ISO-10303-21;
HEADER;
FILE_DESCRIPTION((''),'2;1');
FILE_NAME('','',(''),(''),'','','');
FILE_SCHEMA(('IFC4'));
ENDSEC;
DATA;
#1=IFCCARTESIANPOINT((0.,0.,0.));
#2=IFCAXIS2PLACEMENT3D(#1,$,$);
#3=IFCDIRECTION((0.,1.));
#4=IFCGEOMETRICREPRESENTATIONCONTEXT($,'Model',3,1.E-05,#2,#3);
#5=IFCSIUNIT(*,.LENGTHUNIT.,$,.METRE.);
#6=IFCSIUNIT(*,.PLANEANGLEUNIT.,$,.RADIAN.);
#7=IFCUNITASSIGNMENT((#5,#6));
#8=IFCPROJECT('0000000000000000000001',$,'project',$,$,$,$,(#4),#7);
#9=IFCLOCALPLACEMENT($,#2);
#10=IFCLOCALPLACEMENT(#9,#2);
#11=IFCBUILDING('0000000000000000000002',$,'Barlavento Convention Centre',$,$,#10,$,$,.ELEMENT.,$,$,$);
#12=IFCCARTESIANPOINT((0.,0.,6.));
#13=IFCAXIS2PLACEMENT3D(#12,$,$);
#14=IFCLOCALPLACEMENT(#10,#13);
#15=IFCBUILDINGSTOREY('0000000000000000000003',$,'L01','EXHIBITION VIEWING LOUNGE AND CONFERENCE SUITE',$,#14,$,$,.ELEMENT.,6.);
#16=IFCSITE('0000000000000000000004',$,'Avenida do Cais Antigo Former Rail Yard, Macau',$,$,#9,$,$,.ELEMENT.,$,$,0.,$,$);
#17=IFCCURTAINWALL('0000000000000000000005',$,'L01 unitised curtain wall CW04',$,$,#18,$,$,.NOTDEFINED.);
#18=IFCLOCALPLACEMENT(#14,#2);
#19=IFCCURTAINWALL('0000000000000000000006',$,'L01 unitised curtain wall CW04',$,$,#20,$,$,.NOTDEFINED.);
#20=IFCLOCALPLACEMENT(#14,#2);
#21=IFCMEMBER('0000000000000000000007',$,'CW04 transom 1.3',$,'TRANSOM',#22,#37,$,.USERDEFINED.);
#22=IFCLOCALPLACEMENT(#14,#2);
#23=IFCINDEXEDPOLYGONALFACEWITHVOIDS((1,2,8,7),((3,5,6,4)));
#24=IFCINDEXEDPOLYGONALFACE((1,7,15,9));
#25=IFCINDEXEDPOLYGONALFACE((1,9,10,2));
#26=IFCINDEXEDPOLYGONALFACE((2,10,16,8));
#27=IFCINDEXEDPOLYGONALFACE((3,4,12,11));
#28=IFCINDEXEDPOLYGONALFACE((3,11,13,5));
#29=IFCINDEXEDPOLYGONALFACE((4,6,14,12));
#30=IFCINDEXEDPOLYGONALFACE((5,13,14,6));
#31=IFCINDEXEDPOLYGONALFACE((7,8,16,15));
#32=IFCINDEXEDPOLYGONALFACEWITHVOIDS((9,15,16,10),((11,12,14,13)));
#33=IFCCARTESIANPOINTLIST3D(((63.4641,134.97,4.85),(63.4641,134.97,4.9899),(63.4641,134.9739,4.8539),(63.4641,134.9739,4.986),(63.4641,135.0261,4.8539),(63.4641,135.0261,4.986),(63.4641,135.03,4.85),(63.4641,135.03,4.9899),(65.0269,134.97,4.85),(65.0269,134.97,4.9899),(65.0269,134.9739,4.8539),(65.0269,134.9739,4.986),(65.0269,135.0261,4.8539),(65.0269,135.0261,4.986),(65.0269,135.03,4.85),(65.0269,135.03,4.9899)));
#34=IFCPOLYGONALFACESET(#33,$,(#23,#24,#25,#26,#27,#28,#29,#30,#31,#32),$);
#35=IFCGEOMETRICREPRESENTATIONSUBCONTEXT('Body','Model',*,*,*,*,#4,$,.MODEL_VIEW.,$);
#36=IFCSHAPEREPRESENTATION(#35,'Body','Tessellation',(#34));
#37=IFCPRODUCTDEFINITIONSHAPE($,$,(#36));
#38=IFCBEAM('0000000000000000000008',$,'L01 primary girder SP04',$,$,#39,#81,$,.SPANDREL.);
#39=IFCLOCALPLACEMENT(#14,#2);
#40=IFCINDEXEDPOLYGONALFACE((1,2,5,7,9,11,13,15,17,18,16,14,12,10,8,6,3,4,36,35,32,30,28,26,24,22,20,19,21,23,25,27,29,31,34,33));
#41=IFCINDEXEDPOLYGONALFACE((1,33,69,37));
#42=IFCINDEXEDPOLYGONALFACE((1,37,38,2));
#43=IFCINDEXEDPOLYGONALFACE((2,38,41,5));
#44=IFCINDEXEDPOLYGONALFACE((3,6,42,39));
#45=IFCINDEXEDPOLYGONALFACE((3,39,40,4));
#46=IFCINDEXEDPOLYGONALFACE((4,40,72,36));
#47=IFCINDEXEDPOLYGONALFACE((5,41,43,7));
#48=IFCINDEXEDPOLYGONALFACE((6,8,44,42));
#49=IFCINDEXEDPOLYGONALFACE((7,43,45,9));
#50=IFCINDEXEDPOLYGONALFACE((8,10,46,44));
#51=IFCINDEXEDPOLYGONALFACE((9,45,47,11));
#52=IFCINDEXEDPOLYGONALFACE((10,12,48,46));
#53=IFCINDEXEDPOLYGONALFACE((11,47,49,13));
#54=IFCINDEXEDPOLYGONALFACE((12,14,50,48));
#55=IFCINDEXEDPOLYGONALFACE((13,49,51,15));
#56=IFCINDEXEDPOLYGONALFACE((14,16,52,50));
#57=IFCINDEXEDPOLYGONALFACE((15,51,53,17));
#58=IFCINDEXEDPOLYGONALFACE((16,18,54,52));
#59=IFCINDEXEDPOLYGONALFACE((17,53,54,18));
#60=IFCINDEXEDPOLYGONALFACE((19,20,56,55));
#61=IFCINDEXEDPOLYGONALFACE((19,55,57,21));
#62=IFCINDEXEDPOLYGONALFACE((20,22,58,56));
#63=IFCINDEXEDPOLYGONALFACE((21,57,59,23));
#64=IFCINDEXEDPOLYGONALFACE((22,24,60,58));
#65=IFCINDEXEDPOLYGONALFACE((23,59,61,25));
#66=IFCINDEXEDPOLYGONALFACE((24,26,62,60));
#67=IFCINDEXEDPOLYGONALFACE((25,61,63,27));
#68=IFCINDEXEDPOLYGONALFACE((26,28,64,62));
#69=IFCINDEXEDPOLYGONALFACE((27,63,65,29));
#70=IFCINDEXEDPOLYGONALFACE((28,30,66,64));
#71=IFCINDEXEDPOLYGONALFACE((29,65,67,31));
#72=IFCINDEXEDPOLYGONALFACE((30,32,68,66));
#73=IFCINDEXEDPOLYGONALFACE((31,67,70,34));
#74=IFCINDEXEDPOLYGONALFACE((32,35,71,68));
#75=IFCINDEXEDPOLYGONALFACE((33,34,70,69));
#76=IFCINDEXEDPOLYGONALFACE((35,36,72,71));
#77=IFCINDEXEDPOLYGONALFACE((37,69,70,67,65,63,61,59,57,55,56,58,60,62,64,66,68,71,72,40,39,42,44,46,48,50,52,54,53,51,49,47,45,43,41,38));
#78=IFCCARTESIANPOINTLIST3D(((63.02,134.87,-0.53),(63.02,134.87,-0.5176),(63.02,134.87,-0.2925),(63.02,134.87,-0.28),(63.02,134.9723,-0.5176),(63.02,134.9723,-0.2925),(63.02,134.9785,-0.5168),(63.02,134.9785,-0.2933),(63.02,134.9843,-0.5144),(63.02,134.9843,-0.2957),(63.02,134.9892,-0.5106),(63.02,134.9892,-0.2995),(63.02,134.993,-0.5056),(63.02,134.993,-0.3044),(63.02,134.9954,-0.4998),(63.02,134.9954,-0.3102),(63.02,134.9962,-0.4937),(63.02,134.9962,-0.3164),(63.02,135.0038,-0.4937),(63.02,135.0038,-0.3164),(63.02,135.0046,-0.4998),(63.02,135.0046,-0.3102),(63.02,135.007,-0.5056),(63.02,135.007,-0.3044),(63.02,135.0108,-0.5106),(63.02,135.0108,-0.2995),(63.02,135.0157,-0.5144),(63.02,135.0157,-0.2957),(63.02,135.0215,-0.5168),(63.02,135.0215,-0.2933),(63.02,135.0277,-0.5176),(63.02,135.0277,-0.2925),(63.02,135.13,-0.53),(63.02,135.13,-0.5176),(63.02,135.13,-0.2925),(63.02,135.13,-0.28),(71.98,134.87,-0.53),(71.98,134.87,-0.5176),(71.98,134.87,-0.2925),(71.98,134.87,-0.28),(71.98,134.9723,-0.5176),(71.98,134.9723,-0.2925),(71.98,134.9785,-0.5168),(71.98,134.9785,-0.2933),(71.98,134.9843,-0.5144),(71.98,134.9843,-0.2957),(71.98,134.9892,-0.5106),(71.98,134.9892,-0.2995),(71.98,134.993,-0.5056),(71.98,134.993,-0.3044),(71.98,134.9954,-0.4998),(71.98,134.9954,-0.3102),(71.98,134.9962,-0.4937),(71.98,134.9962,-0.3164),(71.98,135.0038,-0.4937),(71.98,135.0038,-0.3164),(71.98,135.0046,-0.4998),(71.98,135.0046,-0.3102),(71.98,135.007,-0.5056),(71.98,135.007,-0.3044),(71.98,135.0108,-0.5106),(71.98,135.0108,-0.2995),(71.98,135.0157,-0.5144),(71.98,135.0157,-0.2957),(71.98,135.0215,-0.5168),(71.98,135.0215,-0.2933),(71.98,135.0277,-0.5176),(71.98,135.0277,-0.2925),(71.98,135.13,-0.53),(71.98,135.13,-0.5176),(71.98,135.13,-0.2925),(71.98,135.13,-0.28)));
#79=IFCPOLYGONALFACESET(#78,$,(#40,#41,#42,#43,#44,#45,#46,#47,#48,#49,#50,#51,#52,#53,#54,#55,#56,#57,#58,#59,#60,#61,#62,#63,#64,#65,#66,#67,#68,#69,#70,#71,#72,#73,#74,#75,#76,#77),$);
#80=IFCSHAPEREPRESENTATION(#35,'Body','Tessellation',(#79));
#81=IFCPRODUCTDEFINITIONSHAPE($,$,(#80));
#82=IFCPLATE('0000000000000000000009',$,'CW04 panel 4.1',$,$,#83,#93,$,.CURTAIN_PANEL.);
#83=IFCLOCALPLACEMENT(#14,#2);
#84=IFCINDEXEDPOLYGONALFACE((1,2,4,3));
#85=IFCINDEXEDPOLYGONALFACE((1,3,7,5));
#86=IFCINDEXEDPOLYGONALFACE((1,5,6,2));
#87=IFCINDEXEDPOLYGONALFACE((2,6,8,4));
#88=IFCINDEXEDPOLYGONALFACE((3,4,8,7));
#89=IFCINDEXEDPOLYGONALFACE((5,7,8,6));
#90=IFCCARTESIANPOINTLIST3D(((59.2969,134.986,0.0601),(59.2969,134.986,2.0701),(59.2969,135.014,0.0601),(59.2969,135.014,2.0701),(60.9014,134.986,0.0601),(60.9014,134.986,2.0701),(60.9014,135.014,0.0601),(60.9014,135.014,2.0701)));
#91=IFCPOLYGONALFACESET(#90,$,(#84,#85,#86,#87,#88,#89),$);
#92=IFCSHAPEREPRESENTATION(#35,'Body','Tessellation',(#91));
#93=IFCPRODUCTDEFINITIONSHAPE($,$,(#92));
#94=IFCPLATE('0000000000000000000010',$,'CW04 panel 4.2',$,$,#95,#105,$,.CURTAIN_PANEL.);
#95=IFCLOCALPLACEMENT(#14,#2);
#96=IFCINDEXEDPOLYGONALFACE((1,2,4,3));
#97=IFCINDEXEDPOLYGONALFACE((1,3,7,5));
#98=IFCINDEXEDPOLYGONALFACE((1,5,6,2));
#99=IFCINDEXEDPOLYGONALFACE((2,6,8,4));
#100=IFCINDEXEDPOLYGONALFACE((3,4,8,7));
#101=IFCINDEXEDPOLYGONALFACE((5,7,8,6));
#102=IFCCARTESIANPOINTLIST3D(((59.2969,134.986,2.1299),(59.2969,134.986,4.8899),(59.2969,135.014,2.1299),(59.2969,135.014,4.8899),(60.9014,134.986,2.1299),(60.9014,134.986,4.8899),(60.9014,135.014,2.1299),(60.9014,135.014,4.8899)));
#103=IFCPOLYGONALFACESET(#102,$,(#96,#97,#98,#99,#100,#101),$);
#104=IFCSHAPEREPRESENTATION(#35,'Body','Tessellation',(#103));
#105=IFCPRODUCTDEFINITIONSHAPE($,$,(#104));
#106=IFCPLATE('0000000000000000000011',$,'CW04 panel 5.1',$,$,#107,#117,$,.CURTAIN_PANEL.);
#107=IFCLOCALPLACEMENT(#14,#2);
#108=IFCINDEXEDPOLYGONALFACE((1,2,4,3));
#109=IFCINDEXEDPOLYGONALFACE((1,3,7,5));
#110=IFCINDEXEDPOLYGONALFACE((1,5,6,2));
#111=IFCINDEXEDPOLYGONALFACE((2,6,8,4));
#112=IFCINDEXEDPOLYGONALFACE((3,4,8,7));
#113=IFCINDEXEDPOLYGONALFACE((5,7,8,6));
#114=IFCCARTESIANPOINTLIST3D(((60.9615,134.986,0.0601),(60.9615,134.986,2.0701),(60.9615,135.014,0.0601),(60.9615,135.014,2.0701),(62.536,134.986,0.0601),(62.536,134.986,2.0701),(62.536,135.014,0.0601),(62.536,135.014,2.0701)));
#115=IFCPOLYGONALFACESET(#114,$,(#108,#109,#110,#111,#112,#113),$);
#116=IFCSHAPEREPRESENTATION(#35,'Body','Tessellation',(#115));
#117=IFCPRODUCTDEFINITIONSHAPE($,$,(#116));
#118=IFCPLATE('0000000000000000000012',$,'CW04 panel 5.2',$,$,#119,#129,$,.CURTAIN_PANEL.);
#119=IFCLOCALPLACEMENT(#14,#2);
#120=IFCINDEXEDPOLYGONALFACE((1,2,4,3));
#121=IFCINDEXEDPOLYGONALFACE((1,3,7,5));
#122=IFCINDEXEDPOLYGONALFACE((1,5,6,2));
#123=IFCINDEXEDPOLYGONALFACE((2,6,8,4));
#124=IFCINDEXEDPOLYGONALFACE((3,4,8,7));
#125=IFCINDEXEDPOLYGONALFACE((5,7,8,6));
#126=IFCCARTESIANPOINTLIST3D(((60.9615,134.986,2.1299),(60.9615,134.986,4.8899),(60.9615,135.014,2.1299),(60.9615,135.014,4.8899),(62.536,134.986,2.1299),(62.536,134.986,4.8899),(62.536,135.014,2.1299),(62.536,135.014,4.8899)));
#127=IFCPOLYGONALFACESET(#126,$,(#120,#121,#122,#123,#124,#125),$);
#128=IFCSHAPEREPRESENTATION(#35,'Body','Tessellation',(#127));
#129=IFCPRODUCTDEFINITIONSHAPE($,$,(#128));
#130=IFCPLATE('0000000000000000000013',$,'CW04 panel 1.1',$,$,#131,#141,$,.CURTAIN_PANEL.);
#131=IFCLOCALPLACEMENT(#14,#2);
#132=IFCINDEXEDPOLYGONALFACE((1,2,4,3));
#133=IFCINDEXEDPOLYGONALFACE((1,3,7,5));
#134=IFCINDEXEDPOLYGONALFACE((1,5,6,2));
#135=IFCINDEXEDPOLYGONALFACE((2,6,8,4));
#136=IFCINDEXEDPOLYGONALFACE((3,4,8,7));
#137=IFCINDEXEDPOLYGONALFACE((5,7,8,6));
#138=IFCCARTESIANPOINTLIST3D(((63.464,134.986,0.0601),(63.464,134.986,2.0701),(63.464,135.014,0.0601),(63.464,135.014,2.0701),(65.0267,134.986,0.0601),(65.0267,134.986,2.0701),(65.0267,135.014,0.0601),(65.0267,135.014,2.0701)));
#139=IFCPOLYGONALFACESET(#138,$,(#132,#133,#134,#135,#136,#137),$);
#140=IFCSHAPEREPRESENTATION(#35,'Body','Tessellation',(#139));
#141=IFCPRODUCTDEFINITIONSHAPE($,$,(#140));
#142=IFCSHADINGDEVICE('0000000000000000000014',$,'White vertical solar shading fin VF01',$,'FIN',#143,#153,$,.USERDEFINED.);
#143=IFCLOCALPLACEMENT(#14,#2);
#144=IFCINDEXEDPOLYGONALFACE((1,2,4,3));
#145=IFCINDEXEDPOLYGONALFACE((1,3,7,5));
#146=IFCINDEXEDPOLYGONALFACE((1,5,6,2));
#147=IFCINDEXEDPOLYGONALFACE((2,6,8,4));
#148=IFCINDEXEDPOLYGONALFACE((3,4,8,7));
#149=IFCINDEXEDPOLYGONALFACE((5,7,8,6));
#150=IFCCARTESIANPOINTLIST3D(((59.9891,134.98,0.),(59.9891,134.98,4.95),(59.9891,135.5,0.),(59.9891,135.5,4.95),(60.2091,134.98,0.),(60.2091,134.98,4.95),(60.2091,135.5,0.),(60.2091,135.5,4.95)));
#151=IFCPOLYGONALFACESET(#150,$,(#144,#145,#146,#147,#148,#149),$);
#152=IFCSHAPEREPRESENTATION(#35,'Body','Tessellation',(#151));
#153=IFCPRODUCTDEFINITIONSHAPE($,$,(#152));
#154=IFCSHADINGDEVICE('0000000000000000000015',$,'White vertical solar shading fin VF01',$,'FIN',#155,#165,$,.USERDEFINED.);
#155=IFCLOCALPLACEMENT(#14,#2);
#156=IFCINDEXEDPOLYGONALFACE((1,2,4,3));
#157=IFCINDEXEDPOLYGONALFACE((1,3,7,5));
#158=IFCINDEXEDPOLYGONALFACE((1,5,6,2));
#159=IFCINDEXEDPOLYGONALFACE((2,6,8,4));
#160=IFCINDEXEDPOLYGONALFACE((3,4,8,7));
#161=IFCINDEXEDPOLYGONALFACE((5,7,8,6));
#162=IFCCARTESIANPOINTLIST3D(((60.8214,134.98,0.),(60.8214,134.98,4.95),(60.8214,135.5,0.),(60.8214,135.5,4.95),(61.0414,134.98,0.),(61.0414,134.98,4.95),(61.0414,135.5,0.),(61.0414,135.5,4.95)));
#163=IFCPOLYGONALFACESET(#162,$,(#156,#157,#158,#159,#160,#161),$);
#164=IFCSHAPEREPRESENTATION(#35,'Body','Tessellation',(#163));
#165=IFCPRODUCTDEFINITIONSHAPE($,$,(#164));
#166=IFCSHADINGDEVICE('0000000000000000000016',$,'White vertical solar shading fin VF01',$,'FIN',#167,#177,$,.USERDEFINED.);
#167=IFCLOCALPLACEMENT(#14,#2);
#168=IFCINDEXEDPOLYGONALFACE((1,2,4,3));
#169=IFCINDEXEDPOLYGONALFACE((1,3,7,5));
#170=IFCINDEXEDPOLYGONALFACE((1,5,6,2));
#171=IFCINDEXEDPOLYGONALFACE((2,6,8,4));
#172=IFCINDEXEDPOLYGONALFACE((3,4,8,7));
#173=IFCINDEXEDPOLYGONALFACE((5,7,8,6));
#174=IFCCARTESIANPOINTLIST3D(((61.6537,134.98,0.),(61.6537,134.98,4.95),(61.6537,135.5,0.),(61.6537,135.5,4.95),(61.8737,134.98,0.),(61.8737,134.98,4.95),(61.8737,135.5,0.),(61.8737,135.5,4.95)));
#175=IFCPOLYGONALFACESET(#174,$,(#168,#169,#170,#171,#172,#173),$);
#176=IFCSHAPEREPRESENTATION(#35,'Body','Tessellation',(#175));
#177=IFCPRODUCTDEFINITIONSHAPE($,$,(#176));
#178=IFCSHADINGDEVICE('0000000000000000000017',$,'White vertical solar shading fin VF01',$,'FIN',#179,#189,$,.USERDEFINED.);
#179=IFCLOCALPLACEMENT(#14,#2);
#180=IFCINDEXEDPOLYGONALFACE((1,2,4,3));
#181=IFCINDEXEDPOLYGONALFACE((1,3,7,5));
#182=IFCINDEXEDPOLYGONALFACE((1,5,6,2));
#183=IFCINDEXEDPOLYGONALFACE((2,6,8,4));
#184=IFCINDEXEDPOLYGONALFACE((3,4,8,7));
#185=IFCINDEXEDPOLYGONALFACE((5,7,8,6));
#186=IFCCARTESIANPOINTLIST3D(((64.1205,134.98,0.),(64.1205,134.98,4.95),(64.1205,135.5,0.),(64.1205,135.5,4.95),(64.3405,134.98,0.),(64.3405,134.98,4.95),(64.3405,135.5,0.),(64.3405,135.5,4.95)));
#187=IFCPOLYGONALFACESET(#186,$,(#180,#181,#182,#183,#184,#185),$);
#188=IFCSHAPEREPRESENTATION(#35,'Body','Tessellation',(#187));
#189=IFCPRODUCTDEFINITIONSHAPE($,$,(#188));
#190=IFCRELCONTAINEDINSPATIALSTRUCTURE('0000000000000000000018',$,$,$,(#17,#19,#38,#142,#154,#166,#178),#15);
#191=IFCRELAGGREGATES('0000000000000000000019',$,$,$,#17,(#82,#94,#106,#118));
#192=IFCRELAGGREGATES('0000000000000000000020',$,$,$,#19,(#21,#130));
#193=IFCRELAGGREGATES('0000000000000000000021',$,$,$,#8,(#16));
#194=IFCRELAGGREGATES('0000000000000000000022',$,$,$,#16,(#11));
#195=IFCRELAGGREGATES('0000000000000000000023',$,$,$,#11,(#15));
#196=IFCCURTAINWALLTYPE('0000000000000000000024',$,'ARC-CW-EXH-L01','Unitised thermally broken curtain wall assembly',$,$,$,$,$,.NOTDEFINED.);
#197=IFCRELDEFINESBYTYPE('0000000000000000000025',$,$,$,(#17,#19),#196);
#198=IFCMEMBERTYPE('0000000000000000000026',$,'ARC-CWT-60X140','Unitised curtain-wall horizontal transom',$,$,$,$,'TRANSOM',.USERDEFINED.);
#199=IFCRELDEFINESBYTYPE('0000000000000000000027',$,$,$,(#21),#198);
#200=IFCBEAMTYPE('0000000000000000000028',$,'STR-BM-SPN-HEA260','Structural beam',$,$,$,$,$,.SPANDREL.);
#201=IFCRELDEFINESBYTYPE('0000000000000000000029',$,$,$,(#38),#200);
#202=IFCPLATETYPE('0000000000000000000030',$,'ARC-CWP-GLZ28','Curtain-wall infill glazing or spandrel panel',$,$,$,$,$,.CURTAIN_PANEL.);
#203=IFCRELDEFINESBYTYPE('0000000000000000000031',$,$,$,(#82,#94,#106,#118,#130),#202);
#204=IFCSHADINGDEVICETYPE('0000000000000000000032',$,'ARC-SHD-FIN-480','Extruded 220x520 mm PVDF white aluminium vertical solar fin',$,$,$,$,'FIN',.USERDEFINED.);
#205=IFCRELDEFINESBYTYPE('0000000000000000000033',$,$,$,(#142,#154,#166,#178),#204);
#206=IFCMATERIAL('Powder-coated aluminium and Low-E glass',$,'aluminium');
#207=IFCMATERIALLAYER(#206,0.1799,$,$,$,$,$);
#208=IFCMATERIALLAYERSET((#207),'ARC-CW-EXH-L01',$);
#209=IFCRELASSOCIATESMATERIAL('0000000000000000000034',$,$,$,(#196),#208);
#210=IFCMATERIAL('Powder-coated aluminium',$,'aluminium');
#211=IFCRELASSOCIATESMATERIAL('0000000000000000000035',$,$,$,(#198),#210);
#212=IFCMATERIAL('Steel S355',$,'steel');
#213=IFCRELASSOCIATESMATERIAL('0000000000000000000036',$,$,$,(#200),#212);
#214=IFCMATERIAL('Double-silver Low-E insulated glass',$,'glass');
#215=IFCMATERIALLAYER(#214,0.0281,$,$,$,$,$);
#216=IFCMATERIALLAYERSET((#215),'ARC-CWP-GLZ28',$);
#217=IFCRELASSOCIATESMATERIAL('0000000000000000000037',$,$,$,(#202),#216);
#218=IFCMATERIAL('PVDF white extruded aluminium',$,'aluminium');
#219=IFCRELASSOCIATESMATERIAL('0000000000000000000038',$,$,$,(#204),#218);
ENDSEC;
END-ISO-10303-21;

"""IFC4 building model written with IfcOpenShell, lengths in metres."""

from ifc_helpers import new_model, si_unit, direction, frame, origin, origin_2d, place, context, subcontext, project, spatial, rectangle, hollow_rectangle, i_section, extrude, material, layer, layer_set, material_profile, profile_set, type_object, element, aggregate, save


model = new_model("IFC4")

# Units and contexts
model_context = context("Model", 3, precision=1e-05, world=origin(), true_north=direction((0.0, 1.0)))
body_context = subcontext(model_context, "Body", "Model", "MODEL_VIEW")
ifc_project = project(units=[si_unit("LENGTHUNIT", "METRE"), si_unit("PLANEANGLEUNIT", "RADIAN")], contexts=[model_context])

# Site, building, storey
site_placement = place(None, origin())
site = spatial("IfcSite", under=ifc_project, at=site_placement, Name="Avenida do Cais Antigo Former Rail Yard, Macau", CompositionType="ELEMENT", RefElevation=0.0)
building_placement = place(site_placement, origin())
building = spatial("IfcBuilding", under=site, at=building_placement, Name="Barlavento Convention Centre", CompositionType="ELEMENT")
storey_placement = place(building_placement, frame((0.0, 0.0, 6.0)))
storey = spatial("IfcBuildingStorey", under=building, at=storey_placement, Name="L01", Description="EXHIBITION VIEWING LOUNGE AND CONFERENCE SUITE", CompositionType="ELEMENT", Elevation=6.0)

# Curtain wall
ifc_material_1 = material(Name="Powder-coated aluminium and Low-E glass", Category="aluminium")
ifc_layer_1 = layer(ifc_material_1, 0.1799)
ifc_layer_set_1 = layer_set([ifc_layer_1], Name="ARC-CW-EXH-L01")
curtain_wall_type = type_object("IfcCurtainWallType", Name="ARC-CW-EXH-L01", Description="Unitised thermally broken curtain wall assembly", PredefinedType="NOTDEFINED", material=ifc_layer_set_1)
curtain_wall_1_placement = place(storey_placement, origin())
curtain_wall_1 = element("IfcCurtainWall", 1, at=curtain_wall_1_placement, inside=storey, type_object=curtain_wall_type, Name="L01 unitised curtain wall CW04", PredefinedType="NOTDEFINED")
ifc_material_2 = material(Name="Powder-coated aluminium", Category="aluminium")

# Curtain wall
curtain_wall_2_placement = place(storey_placement, origin())
curtain_wall_2 = element("IfcCurtainWall", 2, at=curtain_wall_2_placement, inside=storey, type_object=curtain_wall_type, Name="L01 unitised curtain wall CW04", PredefinedType="NOTDEFINED")

# Member
ifc_material_profile_1 = material_profile(ifc_material_2, hollow_rectangle(XDim=0.0601, YDim=0.1399, WallThickness=0.0039, at=origin_2d()), Name="AL-TRAN 60x140x4")
ifc_profile_set_1 = profile_set([ifc_material_profile_1], Name="Powder-coated aluminium")
member_type_1 = type_object("IfcMemberType", Name="ARC-CWT-60X140", Description="Unitised curtain-wall horizontal transom", ElementType="TRANSOM", PredefinedType="USERDEFINED", material=ifc_profile_set_1)
member_1_placement = place(storey_placement, frame((63.4641, 135.0, 4.9199), z_axis=(1.0, 0.0, 0.0), x_axis=(0.0, 1.0, 0.0)))
member_1 = element("IfcMember", 3, at=member_1_placement, type_object=member_type_1, Name="CW04 transom 1.3", ObjectType="TRANSOM", PredefinedType="USERDEFINED", context=body_context, shape_type="SweptSolid", body=[
    extrude(hollow_rectangle(XDim=0.0601, YDim=0.1399, WallThickness=0.0039, at=origin_2d()), origin(), (0.0, 0.0, 1.0), 1.5627),
])

# Beam
ifc_material_3 = material(Name="Steel S355", Category="steel")
ifc_material_profile_2 = material_profile(ifc_material_3, i_section(OverallWidth=0.26, OverallDepth=0.25, WebThickness=0.0076, FlangeThickness=0.0125, FilletRadius=0.0239, at=origin_2d()), Name="HEA 260")
ifc_profile_set_2 = profile_set([ifc_material_profile_2], Name="Steel S355")
beam_type = type_object("IfcBeamType", Name="STR-BM-SPN-HEA260", Description="Structural beam", PredefinedType="SPANDREL", material=ifc_profile_set_2)
beam_placement = place(storey_placement, frame((63.02, 135.0, -0.405), z_axis=(1.0, 0.0, 0.0), x_axis=(0.0, 1.0, 0.0)))
element("IfcBeam", 4, at=beam_placement, inside=storey, type_object=beam_type, Name="L01 primary girder SP04", PredefinedType="SPANDREL", context=body_context, shape_type="SweptSolid", body=[
    extrude(i_section(OverallWidth=0.26, OverallDepth=0.25, WebThickness=0.0076, FlangeThickness=0.0125, FilletRadius=0.0239, at=origin_2d()), origin(), (0.0, 0.0, 1.0), 8.96),
])

# Plates
ifc_material_4 = material(Name="Double-silver Low-E insulated glass", Category="glass")
ifc_layer_2 = layer(ifc_material_4, 0.0281)
ifc_layer_set_2 = layer_set([ifc_layer_2], Name="ARC-CWP-GLZ28")
plate_type = type_object("IfcPlateType", Name="ARC-CWP-GLZ28", Description="Curtain-wall infill glazing or spandrel panel", PredefinedType="CURTAIN_PANEL", material=ifc_layer_set_2)
plate_1_placement = place(storey_placement, frame((60.0991, 135.0, 0.0601), z_axis=(0.0, 0.0, 1.0), x_axis=(1.0, 0.0, 0.0)))
plate_1 = element("IfcPlate", 5, at=plate_1_placement, type_object=plate_type, Name="CW04 panel 4.1", PredefinedType="CURTAIN_PANEL", context=body_context, shape_type="SweptSolid", body=[
    extrude(rectangle(XDim=1.6045, YDim=0.0281, at=origin_2d()), origin(), (0.0, 0.0, 1.0), 2.01),
])
plate_2_placement = place(storey_placement, frame((60.0991, 135.0, 2.1299), z_axis=(0.0, 0.0, 1.0), x_axis=(1.0, 0.0, 0.0)))
plate_2 = element("IfcPlate", 6, at=plate_2_placement, type_object=plate_type, Name="CW04 panel 4.2", PredefinedType="CURTAIN_PANEL", context=body_context, shape_type="SweptSolid", body=[
    extrude(rectangle(XDim=1.6045, YDim=0.0281, at=origin_2d()), origin(), (0.0, 0.0, 1.0), 2.76),
])
plate_3_placement = place(storey_placement, frame((61.7488, 135.0, 0.0601), z_axis=(0.0, 0.0, 1.0), x_axis=(1.0, 0.0, 0.0)))
plate_3 = element("IfcPlate", 7, at=plate_3_placement, type_object=plate_type, Name="CW04 panel 5.1", PredefinedType="CURTAIN_PANEL", context=body_context, shape_type="SweptSolid", body=[
    extrude(rectangle(XDim=1.5745, YDim=0.0281, at=origin_2d()), origin(), (0.0, 0.0, 1.0), 2.01),
])
plate_4_placement = place(storey_placement, frame((61.7488, 135.0, 2.1299), z_axis=(0.0, 0.0, 1.0), x_axis=(1.0, 0.0, 0.0)))
plate_4 = element("IfcPlate", 8, at=plate_4_placement, type_object=plate_type, Name="CW04 panel 5.2", PredefinedType="CURTAIN_PANEL", context=body_context, shape_type="SweptSolid", body=[
    extrude(rectangle(XDim=1.5745, YDim=0.0281, at=origin_2d()), origin(), (0.0, 0.0, 1.0), 2.76),
])
aggregate(curtain_wall_1, [plate_1, plate_2, plate_3, plate_4])
plate_5_placement = place(storey_placement, frame((64.2454, 135.0, 0.0601), z_axis=(0.0, 0.0, 1.0), x_axis=(1.0, 0.0, 0.0)))
plate_5 = element("IfcPlate", 9, at=plate_5_placement, type_object=plate_type, Name="CW04 panel 1.1", PredefinedType="CURTAIN_PANEL", context=body_context, shape_type="SweptSolid", body=[
    extrude(rectangle(XDim=1.5627, YDim=0.0281, at=origin_2d()), origin(), (0.0, 0.0, 1.0), 2.01),
])
aggregate(curtain_wall_2, [member_1, plate_5])

# Shading devices
ifc_material_5 = material(Name="PVDF white extruded aluminium", Category="aluminium")
shading_device_type = type_object("IfcShadingDeviceType", Name="ARC-SHD-FIN-480", Description="Extruded 220x520 mm PVDF white aluminium vertical solar fin", ElementType="FIN", PredefinedType="USERDEFINED", material=ifc_material_5)
for number, where, z_axis, x_axis, name in (
    (10, (60.0991, 135.24, 0.0), (0.0, 0.0, 1.0), (1.0, 0.0, 0.0), "White vertical solar shading fin VF01"),
    (11, (60.9314, 135.24, 0.0), (0.0, 0.0, 1.0), (1.0, 0.0, 0.0), "White vertical solar shading fin VF01"),
    (12, (61.7637, 135.24, 0.0), (0.0, 0.0, 1.0), (1.0, 0.0, 0.0), "White vertical solar shading fin VF01"),
    (13, (64.2305, 135.24, 0.0), (0.0, 0.0, 1.0), (1.0, 0.0, 0.0), "White vertical solar shading fin VF01"),
):
    element("IfcShadingDevice", number, at=place(storey_placement, frame(where, z_axis=z_axis, x_axis=x_axis)), inside=storey, type_object=shading_device_type, Name=name, ObjectType="FIN", PredefinedType="USERDEFINED", context=body_context, shape_type="SweptSolid", body=[
        extrude(rectangle(XDim=0.22, YDim=0.52, at=origin_2d()), origin(), (0.0, 0.0, 1.0), 4.95),
    ])

save(model, "model.ifc")
